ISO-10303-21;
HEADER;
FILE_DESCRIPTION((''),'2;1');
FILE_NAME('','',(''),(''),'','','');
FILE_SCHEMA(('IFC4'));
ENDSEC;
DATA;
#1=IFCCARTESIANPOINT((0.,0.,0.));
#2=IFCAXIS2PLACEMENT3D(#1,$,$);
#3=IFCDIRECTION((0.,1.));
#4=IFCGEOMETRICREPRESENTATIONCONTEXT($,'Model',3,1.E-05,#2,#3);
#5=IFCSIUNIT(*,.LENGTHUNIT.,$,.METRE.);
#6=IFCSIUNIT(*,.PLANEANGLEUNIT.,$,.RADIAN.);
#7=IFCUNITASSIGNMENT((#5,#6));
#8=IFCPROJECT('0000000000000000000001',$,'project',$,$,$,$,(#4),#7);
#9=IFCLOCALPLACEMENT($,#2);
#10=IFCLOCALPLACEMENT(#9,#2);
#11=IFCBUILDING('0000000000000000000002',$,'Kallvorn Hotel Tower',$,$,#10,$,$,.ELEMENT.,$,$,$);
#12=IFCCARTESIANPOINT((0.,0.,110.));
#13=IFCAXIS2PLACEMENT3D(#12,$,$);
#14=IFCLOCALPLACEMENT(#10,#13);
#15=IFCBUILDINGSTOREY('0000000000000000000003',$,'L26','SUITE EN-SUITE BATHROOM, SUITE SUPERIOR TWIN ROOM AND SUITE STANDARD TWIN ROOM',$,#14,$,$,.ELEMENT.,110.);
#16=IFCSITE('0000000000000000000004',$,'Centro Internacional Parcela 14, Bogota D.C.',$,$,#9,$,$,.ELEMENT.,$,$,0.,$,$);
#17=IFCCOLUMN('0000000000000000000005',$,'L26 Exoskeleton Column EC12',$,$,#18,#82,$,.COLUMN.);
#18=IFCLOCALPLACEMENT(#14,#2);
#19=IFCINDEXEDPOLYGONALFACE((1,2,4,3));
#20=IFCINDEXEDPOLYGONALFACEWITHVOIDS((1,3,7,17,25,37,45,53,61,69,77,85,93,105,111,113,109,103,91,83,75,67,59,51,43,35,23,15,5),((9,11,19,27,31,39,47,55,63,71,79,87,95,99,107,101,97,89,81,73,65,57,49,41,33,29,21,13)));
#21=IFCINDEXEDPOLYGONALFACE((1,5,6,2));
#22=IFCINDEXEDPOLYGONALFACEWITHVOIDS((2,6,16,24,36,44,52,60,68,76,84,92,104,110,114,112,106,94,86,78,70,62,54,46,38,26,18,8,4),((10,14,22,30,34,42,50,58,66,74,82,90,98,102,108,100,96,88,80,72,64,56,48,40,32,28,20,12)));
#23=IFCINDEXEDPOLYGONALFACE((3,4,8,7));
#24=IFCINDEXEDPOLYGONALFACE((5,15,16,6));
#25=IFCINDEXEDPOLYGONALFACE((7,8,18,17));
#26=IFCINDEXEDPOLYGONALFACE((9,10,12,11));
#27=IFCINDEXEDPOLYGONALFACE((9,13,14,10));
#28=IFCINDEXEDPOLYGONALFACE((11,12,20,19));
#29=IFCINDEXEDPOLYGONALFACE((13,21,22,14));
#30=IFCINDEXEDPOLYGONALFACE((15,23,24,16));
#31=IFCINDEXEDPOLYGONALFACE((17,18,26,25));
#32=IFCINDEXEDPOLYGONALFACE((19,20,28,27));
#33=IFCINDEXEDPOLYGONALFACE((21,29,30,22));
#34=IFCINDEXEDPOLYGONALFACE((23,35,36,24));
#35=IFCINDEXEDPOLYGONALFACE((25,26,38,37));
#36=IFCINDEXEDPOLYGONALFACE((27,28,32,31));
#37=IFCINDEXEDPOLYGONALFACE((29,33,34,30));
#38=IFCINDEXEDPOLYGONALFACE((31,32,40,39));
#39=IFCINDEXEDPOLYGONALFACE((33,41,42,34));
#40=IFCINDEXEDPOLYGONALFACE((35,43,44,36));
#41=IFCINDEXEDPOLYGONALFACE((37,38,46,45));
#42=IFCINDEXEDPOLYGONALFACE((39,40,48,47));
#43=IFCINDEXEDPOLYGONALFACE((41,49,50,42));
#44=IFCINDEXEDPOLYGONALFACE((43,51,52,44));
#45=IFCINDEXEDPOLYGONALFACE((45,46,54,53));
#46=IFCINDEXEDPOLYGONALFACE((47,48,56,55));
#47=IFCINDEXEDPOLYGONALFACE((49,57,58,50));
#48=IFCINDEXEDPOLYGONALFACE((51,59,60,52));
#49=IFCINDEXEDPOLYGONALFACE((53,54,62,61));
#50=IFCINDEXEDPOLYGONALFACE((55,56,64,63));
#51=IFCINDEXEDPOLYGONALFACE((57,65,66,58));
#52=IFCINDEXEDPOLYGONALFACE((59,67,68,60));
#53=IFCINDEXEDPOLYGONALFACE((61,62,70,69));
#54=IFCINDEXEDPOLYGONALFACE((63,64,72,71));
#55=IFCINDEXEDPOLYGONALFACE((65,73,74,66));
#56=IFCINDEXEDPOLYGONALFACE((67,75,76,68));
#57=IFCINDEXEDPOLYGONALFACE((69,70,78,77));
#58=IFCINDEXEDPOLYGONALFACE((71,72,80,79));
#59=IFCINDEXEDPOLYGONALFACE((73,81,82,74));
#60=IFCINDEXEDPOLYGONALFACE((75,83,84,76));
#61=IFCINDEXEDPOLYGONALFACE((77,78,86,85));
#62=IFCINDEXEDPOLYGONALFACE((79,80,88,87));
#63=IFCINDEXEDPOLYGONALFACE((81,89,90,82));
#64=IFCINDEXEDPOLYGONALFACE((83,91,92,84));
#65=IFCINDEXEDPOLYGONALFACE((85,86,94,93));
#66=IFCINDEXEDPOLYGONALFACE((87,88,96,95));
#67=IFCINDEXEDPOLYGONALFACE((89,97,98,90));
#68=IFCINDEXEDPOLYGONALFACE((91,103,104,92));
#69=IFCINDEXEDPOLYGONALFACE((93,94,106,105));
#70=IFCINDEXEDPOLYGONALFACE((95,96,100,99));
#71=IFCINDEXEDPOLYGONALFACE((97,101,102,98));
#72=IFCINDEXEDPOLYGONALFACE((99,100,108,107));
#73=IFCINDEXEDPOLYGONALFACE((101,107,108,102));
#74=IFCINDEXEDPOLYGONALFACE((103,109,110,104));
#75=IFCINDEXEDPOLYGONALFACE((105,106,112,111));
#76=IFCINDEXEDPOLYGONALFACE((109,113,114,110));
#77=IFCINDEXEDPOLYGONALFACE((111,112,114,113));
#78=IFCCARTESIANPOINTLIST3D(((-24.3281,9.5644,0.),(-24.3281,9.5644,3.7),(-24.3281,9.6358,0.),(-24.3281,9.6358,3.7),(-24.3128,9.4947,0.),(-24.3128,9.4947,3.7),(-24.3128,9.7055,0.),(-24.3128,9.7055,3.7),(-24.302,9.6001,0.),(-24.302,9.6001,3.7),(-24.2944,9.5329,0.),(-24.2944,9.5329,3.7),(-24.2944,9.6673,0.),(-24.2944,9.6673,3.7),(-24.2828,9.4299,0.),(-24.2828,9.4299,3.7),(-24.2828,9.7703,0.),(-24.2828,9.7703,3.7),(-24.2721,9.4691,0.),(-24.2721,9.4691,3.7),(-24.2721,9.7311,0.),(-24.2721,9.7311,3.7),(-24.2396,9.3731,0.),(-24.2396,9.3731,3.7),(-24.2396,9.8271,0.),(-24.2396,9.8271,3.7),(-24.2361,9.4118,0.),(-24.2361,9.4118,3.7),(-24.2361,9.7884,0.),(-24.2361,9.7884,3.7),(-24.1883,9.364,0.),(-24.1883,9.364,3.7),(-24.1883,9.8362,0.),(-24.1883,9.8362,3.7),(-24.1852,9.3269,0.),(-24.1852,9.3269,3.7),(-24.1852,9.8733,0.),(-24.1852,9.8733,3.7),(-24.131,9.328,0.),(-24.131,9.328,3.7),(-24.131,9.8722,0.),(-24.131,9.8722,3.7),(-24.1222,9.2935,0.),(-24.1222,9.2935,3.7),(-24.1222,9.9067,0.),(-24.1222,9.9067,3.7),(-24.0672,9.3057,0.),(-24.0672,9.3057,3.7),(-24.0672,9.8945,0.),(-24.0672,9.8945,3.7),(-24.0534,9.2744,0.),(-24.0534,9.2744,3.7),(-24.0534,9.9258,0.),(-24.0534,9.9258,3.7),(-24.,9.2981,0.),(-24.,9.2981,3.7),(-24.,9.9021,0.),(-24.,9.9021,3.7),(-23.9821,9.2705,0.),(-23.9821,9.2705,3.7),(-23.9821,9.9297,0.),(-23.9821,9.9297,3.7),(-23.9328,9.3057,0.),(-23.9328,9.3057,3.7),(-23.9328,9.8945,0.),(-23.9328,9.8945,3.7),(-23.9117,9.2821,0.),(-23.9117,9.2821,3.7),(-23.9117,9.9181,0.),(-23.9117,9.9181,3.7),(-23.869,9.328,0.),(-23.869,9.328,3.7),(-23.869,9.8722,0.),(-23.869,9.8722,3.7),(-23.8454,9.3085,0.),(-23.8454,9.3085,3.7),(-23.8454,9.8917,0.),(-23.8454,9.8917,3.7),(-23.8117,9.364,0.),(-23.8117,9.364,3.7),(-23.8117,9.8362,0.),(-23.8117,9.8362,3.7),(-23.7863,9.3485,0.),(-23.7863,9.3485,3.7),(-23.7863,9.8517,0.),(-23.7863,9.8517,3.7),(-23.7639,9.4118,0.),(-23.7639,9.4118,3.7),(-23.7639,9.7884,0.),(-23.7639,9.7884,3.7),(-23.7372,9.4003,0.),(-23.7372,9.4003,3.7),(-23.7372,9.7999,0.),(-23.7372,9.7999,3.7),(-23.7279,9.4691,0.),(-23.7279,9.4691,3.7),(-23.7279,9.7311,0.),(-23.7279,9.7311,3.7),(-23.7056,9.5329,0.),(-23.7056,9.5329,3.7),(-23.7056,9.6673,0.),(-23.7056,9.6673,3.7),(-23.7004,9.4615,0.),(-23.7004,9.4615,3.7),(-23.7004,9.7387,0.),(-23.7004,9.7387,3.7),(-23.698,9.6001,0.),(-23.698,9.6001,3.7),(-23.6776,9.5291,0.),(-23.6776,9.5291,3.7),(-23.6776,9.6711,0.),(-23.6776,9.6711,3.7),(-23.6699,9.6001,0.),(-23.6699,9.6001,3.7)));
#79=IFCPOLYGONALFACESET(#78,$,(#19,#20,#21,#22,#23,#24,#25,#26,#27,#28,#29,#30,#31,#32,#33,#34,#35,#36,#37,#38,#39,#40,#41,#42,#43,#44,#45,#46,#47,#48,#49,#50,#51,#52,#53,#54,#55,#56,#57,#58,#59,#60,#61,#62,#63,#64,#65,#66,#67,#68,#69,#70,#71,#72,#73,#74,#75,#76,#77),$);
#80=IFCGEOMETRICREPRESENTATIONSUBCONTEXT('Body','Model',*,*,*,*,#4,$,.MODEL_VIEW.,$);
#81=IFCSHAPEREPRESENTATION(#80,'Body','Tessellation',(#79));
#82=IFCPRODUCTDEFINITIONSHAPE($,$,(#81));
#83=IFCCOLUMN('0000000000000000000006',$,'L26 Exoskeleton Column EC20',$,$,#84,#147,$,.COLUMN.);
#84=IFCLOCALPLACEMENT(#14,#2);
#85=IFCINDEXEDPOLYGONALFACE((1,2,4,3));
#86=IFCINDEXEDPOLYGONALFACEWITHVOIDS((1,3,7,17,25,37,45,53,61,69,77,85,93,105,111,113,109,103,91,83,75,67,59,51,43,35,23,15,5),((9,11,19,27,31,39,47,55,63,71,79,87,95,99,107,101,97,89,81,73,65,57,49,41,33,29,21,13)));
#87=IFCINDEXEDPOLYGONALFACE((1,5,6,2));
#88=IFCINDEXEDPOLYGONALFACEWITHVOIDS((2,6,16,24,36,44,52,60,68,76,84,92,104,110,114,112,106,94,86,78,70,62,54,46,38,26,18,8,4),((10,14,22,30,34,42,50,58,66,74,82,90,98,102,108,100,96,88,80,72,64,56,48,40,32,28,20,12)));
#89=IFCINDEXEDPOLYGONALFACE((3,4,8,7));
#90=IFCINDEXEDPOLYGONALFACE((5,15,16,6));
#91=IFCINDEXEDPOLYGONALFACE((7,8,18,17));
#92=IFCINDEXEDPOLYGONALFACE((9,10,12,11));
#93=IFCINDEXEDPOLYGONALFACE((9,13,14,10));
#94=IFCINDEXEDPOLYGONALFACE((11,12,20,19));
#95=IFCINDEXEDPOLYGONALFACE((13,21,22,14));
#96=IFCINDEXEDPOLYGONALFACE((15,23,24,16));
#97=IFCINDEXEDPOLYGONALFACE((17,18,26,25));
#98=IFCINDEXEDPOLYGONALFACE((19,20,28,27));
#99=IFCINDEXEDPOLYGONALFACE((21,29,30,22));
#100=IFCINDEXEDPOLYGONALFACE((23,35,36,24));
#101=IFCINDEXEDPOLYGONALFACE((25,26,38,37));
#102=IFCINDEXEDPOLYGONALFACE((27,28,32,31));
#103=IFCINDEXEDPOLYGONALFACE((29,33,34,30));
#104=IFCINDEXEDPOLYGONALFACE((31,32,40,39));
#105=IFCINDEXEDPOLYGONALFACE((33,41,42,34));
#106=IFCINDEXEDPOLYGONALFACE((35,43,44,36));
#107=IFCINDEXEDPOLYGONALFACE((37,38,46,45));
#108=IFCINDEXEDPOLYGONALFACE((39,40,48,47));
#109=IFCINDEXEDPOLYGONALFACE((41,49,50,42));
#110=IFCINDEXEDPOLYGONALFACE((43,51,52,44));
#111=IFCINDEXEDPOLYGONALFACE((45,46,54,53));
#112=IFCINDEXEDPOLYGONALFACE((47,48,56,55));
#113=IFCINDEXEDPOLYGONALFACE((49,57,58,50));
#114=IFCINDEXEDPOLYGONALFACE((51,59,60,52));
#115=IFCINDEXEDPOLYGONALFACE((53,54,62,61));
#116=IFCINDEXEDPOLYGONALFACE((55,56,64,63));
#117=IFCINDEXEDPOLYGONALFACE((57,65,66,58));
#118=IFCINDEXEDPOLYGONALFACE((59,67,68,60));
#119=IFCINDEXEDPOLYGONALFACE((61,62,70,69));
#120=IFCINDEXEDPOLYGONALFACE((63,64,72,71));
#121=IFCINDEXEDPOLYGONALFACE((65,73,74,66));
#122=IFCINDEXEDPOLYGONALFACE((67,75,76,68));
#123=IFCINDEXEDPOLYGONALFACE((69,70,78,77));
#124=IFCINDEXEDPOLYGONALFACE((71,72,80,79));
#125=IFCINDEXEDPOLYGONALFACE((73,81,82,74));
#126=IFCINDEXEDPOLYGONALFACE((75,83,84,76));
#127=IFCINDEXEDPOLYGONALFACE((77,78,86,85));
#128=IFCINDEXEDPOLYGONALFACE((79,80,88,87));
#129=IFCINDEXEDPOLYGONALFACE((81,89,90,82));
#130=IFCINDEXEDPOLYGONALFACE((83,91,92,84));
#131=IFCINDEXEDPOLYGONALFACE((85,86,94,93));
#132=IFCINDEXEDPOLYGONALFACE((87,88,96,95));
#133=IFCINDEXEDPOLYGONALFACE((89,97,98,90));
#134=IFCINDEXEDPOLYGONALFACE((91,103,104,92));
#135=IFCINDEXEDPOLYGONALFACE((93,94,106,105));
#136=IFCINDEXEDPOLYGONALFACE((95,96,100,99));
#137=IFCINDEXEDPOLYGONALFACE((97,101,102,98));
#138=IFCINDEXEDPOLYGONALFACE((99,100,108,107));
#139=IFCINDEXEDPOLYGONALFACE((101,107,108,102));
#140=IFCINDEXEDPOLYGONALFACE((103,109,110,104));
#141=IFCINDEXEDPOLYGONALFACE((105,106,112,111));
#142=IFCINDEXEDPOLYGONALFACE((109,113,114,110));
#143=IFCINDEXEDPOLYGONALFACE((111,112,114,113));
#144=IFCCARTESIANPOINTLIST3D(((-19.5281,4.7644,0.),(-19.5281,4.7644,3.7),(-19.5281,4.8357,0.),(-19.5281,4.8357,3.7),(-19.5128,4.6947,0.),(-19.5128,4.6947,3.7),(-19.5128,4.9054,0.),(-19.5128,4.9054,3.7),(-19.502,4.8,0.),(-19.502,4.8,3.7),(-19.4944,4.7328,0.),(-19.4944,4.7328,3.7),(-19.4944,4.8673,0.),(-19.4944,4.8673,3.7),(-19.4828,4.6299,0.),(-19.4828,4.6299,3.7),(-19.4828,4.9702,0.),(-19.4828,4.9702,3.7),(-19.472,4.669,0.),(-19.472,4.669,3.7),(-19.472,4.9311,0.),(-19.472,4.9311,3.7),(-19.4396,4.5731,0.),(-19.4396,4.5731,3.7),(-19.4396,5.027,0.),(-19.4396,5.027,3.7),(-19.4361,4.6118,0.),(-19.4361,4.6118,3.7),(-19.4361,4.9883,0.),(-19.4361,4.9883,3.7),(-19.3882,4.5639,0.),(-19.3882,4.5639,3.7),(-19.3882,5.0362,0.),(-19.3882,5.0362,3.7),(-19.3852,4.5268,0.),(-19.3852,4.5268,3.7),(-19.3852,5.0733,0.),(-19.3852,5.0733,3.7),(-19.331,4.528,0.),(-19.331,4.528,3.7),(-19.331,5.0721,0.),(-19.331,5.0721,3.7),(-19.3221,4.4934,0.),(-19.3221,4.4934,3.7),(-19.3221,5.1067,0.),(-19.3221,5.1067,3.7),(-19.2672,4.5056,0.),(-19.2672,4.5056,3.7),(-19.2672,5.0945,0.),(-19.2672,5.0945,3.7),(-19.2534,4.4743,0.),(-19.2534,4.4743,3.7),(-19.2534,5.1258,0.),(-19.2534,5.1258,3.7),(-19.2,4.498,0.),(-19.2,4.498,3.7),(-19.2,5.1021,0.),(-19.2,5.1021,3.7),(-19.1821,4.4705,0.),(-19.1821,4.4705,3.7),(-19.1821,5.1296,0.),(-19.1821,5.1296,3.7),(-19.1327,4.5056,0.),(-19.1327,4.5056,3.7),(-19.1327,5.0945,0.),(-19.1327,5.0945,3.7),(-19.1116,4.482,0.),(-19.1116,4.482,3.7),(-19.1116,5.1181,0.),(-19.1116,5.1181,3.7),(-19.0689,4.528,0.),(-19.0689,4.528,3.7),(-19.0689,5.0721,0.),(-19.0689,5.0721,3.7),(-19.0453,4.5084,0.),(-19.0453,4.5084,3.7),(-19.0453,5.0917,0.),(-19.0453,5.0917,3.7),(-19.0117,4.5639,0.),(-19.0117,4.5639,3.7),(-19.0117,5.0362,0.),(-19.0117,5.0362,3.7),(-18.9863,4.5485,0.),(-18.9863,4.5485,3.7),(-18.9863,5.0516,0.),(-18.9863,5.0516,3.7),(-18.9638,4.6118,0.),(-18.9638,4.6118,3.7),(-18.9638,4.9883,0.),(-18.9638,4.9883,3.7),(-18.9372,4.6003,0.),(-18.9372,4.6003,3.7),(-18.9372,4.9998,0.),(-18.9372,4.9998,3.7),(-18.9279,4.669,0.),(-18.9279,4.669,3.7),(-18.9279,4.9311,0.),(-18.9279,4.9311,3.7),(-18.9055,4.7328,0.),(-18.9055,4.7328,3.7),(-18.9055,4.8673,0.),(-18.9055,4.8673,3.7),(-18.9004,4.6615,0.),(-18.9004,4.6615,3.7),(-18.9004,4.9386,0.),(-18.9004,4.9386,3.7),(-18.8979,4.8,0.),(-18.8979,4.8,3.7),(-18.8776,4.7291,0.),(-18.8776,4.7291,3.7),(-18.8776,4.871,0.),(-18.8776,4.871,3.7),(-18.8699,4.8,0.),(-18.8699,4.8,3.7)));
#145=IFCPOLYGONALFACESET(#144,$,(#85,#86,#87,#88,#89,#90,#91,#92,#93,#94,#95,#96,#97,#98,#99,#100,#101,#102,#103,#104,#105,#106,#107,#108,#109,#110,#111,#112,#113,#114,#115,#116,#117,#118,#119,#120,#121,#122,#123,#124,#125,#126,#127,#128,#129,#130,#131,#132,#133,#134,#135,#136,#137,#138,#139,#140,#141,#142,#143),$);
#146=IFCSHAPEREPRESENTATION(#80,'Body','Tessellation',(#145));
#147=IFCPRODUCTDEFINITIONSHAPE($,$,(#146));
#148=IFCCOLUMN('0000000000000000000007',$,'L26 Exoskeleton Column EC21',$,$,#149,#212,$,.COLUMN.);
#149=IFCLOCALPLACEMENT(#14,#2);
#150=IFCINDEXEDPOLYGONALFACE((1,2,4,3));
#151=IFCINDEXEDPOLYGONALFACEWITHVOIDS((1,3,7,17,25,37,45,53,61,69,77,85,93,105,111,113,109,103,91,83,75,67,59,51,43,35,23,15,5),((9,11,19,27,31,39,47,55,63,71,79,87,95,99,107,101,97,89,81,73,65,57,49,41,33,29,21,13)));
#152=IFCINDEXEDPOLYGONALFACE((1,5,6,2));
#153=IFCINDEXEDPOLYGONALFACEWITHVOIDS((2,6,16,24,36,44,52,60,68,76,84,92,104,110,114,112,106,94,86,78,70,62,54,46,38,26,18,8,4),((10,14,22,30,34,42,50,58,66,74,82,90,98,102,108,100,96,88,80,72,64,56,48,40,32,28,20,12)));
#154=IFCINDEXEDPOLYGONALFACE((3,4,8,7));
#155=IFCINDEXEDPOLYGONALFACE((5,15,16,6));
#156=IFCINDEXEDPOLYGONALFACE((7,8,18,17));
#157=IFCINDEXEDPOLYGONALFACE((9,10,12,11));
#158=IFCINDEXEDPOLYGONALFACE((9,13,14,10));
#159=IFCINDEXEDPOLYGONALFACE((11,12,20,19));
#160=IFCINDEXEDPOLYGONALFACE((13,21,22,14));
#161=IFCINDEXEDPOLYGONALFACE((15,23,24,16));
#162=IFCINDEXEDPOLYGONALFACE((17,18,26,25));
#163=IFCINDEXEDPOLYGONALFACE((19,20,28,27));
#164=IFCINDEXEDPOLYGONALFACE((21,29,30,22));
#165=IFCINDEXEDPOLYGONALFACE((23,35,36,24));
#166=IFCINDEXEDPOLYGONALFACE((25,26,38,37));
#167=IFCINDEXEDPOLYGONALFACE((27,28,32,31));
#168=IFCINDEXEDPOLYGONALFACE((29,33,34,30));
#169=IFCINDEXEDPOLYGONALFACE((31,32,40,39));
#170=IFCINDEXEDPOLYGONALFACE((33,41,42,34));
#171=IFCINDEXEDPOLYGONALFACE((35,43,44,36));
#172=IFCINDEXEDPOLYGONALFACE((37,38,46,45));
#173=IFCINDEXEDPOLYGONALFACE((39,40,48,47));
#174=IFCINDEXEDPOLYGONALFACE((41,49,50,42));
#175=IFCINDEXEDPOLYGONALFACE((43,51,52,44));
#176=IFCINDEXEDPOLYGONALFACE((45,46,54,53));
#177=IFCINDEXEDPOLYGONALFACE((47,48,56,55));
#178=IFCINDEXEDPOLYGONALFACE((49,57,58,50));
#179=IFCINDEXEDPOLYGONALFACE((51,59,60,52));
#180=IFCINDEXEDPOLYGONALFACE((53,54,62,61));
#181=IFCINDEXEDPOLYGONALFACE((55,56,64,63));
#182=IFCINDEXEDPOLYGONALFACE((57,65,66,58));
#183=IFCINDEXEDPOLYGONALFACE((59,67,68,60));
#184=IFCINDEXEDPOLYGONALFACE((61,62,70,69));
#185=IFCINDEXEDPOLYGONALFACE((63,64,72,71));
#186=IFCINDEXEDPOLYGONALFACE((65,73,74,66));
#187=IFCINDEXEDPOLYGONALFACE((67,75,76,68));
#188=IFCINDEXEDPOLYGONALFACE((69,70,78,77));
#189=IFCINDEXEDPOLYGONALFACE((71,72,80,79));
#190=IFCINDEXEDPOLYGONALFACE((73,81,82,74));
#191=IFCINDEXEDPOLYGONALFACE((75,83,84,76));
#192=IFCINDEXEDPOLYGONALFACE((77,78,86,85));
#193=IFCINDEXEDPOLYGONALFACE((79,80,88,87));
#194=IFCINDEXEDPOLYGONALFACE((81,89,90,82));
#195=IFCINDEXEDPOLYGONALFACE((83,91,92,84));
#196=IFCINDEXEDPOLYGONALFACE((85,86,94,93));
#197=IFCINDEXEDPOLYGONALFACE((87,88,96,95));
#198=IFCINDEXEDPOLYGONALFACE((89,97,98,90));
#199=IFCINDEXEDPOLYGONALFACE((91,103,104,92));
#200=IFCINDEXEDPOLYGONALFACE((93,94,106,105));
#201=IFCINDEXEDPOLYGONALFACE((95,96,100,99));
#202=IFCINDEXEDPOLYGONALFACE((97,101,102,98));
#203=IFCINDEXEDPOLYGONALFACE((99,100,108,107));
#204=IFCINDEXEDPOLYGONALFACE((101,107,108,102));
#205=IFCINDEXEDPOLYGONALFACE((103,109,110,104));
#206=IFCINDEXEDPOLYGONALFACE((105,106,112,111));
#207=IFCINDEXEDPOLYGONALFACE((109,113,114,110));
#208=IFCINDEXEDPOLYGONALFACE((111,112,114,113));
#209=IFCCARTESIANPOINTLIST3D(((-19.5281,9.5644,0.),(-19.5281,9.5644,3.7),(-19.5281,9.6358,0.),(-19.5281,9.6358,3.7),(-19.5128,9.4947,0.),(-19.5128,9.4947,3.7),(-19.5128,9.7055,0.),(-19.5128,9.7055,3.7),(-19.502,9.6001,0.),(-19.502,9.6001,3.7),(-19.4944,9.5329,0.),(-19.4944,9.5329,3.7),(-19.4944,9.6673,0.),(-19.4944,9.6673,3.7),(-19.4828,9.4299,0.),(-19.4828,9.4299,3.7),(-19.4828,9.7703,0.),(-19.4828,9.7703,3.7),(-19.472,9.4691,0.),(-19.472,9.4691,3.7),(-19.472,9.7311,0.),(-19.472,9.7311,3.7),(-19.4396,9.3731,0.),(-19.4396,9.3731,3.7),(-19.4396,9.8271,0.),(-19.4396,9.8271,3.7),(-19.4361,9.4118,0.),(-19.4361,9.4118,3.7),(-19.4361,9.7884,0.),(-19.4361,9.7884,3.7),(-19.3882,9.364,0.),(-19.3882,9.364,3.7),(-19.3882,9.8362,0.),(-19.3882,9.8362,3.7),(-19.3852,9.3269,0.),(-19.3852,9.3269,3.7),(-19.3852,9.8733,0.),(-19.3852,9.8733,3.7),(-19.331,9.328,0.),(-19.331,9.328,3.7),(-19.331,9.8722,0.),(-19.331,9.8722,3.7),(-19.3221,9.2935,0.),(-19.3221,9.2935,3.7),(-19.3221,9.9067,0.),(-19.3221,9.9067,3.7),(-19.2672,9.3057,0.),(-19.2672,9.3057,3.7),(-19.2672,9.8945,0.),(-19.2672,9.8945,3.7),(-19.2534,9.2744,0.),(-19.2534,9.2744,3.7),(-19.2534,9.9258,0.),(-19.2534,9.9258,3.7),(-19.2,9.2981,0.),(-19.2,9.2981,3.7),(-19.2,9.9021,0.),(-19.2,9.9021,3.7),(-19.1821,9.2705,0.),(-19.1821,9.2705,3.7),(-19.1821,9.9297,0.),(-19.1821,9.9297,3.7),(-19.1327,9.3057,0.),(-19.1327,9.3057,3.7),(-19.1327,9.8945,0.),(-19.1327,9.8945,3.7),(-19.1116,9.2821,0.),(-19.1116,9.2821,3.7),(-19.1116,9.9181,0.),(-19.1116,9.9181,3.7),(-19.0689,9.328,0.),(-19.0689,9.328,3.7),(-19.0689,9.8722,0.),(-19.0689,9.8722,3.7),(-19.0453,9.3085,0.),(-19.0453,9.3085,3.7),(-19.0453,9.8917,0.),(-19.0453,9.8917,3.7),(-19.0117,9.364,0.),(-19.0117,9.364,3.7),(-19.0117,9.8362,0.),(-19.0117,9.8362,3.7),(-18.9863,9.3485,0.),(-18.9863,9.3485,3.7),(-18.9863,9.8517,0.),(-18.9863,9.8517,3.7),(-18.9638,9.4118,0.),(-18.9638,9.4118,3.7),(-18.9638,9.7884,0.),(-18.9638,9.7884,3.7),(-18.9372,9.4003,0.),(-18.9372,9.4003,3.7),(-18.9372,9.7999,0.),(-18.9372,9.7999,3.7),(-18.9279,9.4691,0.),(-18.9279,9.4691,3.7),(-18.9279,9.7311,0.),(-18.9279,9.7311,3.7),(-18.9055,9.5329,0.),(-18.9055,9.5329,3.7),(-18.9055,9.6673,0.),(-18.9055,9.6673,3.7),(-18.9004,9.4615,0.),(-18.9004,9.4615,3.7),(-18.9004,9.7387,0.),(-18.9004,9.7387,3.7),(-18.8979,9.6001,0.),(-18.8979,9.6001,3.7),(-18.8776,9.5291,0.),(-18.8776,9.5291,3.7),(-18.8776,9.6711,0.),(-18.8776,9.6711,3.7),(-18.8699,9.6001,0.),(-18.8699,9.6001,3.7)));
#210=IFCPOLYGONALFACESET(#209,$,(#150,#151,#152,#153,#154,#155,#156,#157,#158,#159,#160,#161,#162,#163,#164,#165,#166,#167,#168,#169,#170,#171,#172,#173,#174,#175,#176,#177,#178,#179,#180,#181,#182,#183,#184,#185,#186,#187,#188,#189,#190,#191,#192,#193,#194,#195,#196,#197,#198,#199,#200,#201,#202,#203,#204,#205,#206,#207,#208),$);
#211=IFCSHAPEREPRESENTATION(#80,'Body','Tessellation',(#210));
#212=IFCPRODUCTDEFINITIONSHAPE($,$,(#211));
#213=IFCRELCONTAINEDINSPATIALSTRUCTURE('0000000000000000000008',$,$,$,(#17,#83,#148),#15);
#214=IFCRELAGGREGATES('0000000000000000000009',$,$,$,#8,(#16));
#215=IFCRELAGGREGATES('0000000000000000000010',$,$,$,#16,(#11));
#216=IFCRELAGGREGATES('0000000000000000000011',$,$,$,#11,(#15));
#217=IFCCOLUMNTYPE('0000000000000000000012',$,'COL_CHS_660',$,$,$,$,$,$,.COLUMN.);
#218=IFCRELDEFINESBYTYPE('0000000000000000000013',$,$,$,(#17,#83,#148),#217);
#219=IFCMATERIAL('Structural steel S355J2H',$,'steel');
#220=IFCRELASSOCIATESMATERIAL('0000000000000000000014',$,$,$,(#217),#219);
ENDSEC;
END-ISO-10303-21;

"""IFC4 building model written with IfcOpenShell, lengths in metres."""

from ifc_helpers import new_model, si_unit, direction, frame, origin, origin_2d, place, context, subcontext, project, spatial, hollow_circle, extrude, material, material_profile, profile_set, type_object, element, save


model = new_model("IFC4")

# Units and contexts
model_context = context("Model", 3, precision=1e-05, world=origin(), true_north=direction((0.0, 1.0)))
body_context = subcontext(model_context, "Body", "Model", "MODEL_VIEW")
ifc_project = project(units=[si_unit("LENGTHUNIT", "METRE"), si_unit("PLANEANGLEUNIT", "RADIAN")], contexts=[model_context])

# Site, building, storey
site_placement = place(None, origin())
site = spatial("IfcSite", under=ifc_project, at=site_placement, Name="Centro Internacional Parcela 14, Bogota D.C.", CompositionType="ELEMENT", RefElevation=0.0)
building_placement = place(site_placement, origin())
building = spatial("IfcBuilding", under=site, at=building_placement, Name="Kallvorn Hotel Tower", CompositionType="ELEMENT")
storey_placement = place(building_placement, frame((0.0, 0.0, 110.0)))
storey = spatial("IfcBuildingStorey", under=building, at=storey_placement, Name="L26", Description="SUITE EN-SUITE BATHROOM, SUITE SUPERIOR TWIN ROOM AND SUITE STANDARD TWIN ROOM", CompositionType="ELEMENT", Elevation=110.0)

# Columns
ifc_material_1 = material(Name="Structural steel S355J2H", Category="steel")
ifc_material_profile_1 = material_profile(ifc_material_1, hollow_circle(Radius=0.3301, WallThickness=0.0281, at=origin_2d()), Name="CHS 660x28")
ifc_profile_set_1 = profile_set([ifc_material_profile_1], Name="Structural steel S355J2H")
column_type_1 = type_object("IfcColumnType", Name="COL_CHS_660", PredefinedType="COLUMN", material=ifc_profile_set_1)
for number, where, z_axis, x_axis, name in (
    (1, (-24.0, 9.6001, 0.0), (0.0, 0.0, 1.0), (1.0, 0.0, 0.0), "L26 Exoskeleton Column EC12"),
    (2, (-19.2, 4.8, 0.0), (0.0, 0.0, 1.0), (1.0, 0.0, 0.0), "L26 Exoskeleton Column EC20"),
    (3, (-19.2, 9.6001, 0.0), (0.0, 0.0, 1.0), (1.0, 0.0, 0.0), "L26 Exoskeleton Column EC21"),
):
    element("IfcColumn", number, at=place(storey_placement, frame(where, z_axis=z_axis, x_axis=x_axis)), inside=storey, type_object=column_type_1, Name=name, PredefinedType="COLUMN", context=body_context, shape_type="SweptSolid", body=[
        extrude(hollow_circle(Radius=0.3301, WallThickness=0.0281, at=origin_2d()), origin(), (0.0, 0.0, 1.0), 3.7),
    ])

save(model, "model.ifc")
